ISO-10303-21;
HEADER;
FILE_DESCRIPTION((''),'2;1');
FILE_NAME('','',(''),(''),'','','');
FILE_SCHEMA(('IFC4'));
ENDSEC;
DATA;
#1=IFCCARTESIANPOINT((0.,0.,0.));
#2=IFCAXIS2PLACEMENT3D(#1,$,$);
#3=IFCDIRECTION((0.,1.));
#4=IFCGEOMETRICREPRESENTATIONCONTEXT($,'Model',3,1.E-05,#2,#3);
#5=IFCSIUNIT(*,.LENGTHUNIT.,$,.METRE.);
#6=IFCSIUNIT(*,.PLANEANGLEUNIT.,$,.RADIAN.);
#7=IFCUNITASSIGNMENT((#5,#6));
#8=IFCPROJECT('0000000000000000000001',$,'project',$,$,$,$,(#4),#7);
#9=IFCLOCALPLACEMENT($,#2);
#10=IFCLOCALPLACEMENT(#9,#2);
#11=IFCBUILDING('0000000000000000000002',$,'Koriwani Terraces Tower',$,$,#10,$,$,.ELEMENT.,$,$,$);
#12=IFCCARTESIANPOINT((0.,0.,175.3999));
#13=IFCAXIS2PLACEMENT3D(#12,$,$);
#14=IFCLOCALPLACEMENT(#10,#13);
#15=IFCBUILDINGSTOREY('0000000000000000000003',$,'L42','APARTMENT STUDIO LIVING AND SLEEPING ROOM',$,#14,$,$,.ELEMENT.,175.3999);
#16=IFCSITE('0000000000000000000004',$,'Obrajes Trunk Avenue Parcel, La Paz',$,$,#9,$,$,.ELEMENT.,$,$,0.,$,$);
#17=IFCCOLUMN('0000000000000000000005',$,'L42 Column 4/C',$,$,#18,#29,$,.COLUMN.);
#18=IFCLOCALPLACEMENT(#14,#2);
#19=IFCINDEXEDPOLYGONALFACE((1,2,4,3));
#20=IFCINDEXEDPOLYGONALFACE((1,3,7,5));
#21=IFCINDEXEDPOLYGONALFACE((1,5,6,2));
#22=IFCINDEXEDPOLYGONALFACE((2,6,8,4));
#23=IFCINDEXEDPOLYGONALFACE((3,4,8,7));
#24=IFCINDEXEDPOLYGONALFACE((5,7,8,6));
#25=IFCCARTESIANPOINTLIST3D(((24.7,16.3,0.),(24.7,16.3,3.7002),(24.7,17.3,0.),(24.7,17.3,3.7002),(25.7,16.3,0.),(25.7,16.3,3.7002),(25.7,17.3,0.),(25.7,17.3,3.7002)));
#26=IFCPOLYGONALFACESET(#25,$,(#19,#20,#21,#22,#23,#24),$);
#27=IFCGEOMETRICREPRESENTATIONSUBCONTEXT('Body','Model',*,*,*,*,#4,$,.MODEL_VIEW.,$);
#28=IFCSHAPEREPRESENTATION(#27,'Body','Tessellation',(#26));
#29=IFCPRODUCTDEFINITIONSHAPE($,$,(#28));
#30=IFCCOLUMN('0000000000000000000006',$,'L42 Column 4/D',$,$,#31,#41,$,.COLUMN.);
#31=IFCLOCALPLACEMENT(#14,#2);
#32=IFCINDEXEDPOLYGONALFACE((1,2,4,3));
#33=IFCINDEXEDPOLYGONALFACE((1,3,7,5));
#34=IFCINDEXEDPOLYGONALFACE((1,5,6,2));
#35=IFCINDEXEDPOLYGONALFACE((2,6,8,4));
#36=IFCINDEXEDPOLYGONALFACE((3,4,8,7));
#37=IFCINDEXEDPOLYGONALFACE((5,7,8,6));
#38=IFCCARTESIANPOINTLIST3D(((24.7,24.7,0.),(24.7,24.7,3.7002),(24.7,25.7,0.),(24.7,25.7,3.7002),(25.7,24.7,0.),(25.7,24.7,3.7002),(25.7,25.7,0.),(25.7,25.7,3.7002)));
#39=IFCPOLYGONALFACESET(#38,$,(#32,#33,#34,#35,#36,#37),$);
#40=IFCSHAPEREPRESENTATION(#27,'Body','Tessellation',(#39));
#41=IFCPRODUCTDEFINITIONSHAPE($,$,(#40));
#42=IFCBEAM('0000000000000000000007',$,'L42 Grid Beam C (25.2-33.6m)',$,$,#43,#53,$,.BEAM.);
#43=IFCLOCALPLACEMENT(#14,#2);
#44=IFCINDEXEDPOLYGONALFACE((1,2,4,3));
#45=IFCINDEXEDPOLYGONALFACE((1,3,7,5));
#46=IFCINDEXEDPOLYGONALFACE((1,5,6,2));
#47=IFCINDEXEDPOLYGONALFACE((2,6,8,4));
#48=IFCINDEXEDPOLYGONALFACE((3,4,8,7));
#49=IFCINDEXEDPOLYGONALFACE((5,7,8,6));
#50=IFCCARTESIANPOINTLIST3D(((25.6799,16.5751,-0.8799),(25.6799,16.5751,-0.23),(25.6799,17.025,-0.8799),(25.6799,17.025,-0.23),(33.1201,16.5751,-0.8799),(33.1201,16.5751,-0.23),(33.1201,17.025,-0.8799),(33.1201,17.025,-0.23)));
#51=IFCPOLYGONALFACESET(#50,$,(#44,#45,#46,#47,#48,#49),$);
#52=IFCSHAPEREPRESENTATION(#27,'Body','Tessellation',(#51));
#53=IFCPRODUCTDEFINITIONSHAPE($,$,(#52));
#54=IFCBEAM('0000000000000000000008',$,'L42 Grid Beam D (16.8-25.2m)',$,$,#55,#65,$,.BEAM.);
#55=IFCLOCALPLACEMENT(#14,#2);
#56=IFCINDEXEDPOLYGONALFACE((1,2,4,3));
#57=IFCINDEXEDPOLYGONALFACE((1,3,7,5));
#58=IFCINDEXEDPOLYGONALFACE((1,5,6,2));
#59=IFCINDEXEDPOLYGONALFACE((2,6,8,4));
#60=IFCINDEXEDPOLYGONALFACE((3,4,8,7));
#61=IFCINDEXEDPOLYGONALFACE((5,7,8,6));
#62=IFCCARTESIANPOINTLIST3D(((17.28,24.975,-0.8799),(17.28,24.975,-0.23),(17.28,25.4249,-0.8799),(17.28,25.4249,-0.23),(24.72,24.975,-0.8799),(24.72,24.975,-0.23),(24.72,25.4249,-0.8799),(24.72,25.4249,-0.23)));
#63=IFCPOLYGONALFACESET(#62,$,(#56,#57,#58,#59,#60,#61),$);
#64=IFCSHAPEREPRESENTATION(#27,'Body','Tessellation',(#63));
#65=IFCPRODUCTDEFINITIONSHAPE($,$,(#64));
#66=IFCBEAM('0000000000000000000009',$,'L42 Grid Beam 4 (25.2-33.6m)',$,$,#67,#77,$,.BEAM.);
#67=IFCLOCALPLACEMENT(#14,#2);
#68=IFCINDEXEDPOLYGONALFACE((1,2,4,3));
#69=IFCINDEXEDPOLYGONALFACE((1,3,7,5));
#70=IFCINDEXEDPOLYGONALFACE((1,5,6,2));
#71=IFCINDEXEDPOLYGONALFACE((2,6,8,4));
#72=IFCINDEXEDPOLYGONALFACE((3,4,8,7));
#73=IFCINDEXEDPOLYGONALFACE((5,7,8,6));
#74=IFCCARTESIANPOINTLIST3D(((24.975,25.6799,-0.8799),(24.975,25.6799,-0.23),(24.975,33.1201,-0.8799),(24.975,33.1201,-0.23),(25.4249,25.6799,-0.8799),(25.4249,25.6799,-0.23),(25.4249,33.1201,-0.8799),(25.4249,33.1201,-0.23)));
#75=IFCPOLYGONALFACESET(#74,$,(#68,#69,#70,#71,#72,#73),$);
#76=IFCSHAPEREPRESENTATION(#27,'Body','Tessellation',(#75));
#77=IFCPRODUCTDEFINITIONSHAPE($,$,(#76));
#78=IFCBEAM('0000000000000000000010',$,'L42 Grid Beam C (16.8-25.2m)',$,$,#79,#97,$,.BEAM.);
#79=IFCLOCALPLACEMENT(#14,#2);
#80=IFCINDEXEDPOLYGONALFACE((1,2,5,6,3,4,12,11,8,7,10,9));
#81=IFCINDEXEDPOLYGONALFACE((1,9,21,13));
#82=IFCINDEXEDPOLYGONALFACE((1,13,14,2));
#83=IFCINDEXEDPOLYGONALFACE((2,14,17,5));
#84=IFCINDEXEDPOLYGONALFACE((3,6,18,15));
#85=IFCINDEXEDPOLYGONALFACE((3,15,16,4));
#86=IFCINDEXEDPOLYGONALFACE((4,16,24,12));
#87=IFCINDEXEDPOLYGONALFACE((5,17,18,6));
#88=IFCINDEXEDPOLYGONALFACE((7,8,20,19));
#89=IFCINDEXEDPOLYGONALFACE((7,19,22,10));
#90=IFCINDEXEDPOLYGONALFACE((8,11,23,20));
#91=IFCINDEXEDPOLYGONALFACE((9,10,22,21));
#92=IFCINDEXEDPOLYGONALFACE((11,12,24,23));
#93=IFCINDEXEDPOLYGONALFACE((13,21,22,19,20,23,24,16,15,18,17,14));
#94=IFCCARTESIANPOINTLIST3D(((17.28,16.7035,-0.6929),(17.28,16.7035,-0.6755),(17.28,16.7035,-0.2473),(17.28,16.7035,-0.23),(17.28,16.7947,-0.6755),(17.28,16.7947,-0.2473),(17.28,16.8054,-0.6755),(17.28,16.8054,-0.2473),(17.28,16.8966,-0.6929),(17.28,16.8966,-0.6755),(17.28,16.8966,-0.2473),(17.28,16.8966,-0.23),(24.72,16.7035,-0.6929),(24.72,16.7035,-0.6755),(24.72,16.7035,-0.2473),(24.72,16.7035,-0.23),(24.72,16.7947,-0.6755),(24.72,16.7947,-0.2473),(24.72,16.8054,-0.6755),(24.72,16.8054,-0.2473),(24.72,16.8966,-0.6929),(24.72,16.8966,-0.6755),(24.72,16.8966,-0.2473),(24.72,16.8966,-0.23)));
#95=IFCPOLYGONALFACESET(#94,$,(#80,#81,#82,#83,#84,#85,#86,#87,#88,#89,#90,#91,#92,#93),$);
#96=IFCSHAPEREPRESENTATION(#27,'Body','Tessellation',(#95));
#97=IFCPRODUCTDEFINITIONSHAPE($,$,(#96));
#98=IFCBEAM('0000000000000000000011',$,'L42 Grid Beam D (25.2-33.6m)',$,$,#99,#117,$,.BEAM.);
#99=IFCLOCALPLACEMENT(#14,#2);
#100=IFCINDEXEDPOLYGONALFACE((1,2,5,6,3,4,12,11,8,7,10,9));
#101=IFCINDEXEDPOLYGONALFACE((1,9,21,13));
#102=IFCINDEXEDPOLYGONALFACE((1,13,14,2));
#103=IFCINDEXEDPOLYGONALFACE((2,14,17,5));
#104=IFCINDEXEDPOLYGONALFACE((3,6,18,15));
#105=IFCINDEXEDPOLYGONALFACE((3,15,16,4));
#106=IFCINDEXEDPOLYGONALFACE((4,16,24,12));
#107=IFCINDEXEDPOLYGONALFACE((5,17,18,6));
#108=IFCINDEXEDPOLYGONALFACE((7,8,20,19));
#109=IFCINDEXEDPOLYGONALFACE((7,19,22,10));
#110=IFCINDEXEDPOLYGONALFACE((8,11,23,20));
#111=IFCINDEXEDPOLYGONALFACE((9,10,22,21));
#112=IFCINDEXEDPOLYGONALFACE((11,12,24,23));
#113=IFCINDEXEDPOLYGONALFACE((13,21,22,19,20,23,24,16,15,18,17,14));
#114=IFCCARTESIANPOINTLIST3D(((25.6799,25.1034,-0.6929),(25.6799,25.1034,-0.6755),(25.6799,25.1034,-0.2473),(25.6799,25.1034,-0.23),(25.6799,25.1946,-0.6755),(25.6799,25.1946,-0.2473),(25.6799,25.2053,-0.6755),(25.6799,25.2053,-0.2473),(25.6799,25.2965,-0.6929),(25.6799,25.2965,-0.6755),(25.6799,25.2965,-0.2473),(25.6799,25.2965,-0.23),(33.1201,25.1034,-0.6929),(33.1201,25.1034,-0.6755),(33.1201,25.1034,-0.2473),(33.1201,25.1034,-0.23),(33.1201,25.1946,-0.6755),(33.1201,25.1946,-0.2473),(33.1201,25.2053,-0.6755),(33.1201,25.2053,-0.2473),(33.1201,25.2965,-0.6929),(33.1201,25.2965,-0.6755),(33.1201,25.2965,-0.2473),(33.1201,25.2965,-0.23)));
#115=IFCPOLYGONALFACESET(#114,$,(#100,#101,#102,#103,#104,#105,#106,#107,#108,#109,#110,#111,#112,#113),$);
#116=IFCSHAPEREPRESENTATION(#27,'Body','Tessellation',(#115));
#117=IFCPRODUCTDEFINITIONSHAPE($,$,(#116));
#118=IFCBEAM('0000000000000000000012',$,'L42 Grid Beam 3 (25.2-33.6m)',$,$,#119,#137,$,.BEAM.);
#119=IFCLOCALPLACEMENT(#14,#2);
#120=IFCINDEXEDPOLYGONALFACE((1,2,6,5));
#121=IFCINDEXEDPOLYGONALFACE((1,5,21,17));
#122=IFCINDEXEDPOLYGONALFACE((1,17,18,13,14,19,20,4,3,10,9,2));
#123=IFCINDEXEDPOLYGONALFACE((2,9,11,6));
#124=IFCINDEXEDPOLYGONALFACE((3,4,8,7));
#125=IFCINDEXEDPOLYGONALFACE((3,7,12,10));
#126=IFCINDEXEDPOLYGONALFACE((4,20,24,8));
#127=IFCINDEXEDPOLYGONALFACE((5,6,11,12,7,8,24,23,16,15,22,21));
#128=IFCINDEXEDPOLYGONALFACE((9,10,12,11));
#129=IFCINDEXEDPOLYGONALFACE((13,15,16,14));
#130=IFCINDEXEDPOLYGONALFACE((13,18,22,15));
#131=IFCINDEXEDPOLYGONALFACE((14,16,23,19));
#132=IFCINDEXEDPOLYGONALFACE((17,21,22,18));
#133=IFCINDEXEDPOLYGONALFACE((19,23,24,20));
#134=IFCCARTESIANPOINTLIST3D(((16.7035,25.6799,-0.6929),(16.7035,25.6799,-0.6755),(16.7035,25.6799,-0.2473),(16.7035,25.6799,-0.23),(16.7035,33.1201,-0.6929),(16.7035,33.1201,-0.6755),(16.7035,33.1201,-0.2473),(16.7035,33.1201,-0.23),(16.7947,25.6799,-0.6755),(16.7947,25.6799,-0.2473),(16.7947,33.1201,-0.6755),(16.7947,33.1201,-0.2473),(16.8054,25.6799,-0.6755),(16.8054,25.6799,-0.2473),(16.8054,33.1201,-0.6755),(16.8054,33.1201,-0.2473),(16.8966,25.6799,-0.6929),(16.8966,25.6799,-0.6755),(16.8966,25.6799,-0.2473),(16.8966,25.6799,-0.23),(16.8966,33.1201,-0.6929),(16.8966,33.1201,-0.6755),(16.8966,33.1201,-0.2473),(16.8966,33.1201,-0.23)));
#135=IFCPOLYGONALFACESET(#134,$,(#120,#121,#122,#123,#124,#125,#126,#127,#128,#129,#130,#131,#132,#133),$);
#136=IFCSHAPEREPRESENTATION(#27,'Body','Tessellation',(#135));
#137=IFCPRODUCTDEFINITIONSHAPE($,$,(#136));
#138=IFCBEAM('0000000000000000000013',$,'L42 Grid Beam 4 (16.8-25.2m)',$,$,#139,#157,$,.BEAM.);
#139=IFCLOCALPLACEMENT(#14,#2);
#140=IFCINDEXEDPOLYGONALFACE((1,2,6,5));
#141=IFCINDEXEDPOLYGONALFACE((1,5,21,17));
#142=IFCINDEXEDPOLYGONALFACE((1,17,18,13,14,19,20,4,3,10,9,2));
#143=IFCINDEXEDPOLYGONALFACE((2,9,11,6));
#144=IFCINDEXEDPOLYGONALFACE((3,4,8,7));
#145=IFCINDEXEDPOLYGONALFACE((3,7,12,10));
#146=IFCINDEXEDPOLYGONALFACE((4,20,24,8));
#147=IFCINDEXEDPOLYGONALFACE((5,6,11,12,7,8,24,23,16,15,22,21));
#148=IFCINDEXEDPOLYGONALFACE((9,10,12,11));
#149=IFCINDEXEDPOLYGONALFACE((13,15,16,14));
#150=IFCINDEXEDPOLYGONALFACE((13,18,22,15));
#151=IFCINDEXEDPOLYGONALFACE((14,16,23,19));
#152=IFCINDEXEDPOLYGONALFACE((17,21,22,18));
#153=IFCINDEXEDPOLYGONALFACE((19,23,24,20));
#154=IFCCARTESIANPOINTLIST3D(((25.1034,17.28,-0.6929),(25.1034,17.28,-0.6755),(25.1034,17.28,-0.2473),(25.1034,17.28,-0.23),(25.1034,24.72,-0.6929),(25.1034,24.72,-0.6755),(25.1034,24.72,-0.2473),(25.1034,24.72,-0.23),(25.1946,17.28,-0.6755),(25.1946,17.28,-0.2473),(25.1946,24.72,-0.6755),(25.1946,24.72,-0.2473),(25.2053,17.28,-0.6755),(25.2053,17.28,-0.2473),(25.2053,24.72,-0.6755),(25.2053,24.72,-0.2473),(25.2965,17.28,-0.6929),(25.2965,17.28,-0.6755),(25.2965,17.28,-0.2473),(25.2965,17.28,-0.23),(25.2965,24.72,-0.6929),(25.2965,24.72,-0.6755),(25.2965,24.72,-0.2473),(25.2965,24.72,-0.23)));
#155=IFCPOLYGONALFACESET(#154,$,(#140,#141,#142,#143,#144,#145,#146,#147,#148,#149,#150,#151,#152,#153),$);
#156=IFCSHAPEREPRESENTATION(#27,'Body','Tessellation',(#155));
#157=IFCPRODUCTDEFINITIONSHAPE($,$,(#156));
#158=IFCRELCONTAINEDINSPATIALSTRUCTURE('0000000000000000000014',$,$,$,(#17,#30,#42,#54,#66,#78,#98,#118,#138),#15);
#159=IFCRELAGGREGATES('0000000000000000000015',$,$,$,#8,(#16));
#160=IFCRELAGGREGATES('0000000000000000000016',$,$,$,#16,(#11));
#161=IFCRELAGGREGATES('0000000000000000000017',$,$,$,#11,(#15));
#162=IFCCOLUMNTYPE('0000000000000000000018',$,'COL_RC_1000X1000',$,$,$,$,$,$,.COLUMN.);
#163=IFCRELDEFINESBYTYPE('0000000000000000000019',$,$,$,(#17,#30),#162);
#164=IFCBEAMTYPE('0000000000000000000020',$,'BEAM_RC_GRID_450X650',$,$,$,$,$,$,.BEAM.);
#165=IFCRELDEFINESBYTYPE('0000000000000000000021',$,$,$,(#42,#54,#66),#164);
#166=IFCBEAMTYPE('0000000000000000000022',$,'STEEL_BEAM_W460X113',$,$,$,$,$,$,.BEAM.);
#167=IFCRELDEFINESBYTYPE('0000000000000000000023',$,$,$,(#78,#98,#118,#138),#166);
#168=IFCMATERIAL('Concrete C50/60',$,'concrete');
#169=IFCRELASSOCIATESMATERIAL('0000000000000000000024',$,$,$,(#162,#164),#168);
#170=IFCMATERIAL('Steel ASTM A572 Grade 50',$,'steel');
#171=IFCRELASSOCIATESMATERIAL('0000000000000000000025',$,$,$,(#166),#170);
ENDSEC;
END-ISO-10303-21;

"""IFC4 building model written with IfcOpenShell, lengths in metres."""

from ifc_helpers import new_model, si_unit, direction, frame, origin, origin_2d, place, context, subcontext, project, spatial, rectangle, i_section, extrude, material, material_profile, profile_set, type_object, element, save


model = new_model("IFC4")

# Units and contexts
model_context = context("Model", 3, precision=1e-05, world=origin(), true_north=direction((0.0, 1.0)))
body_context = subcontext(model_context, "Body", "Model", "MODEL_VIEW")
ifc_project = project(units=[si_unit("LENGTHUNIT", "METRE"), si_unit("PLANEANGLEUNIT", "RADIAN")], contexts=[model_context])

# Site, building, storey
site_placement = place(None, origin())
site = spatial("IfcSite", under=ifc_project, at=site_placement, Name="Obrajes Trunk Avenue Parcel, La Paz", CompositionType="ELEMENT", RefElevation=0.0)
building_placement = place(site_placement, origin())
building = spatial("IfcBuilding", under=site, at=building_placement, Name="Koriwani Terraces Tower", CompositionType="ELEMENT")
storey_placement = place(building_placement, frame((0.0, 0.0, 175.3999)))
storey = spatial("IfcBuildingStorey", under=building, at=storey_placement, Name="L42", Description="APARTMENT STUDIO LIVING AND SLEEPING ROOM", CompositionType="ELEMENT", Elevation=175.3999)

# Columns
ifc_material_1 = material(Name="Concrete C50/60", Category="concrete")
ifc_material_profile_1 = material_profile(ifc_material_1, rectangle(XDim=1.0, YDim=1.0, at=origin_2d()), Name="Concrete C50/60", Category="LoadBearing")
ifc_profile_set_1 = profile_set([ifc_material_profile_1], Name="Concrete C50/60")
column_type = type_object("IfcColumnType", Name="COL_RC_1000X1000", PredefinedType="COLUMN", material=ifc_profile_set_1)
for number, where, z_axis, x_axis, name in (
    (1, (25.2, 16.8, 0.0), (0.0, 0.0, 1.0), (1.0, 0.0, 0.0), "L42 Column 4/C"),
    (2, (25.2, 25.2, 0.0), (0.0, 0.0, 1.0), (1.0, 0.0, 0.0), "L42 Column 4/D"),
):
    element("IfcColumn", number, at=place(storey_placement, frame(where, z_axis=z_axis, x_axis=x_axis)), inside=storey, type_object=column_type, Name=name, PredefinedType="COLUMN", context=body_context, shape_type="SweptSolid", body=[
        extrude(rectangle(XDim=1.0, YDim=1.0, at=origin_2d()), origin(), (0.0, 0.0, 1.0), 3.7002),
    ])

# Beams
ifc_material_profile_2 = material_profile(ifc_material_1, rectangle(XDim=0.45, YDim=0.6499, at=origin_2d()), Name="Concrete C50/60", Category="LoadBearing")
ifc_profile_set_2 = profile_set([ifc_material_profile_2], Name="Concrete C50/60")
beam_type_1 = type_object("IfcBeamType", Name="BEAM_RC_GRID_450X650", PredefinedType="BEAM", material=ifc_profile_set_2)
beam_1_placement = place(storey_placement, frame((25.6799, 16.8, -0.5549), z_axis=(1.0, 0.0, 0.0), x_axis=(0.0, 1.0, 0.0)))
element("IfcBeam", 3, at=beam_1_placement, inside=storey, type_object=beam_type_1, Name="L42 Grid Beam C (25.2-33.6m)", PredefinedType="BEAM", context=body_context, shape_type="SweptSolid", body=[
    extrude(rectangle(XDim=0.45, YDim=0.6499, at=origin_2d()), origin(), (0.0, 0.0, 1.0), 7.4402),
])
beam_2_placement = place(storey_placement, frame((17.28, 25.2, -0.5549), z_axis=(1.0, 0.0, 0.0), x_axis=(0.0, 1.0, 0.0)))
element("IfcBeam", 4, at=beam_2_placement, inside=storey, type_object=beam_type_1, Name="L42 Grid Beam D (16.8-25.2m)", PredefinedType="BEAM", context=body_context, shape_type="SweptSolid", body=[
    extrude(rectangle(XDim=0.45, YDim=0.6499, at=origin_2d()), origin(), (0.0, 0.0, 1.0), 7.4399),
])
beam_3_placement = place(storey_placement, frame((25.2, 25.6799, -0.5549), z_axis=(0.0, 1.0, 0.0), x_axis=(-1.0, 0.0, 0.0)))
element("IfcBeam", 5, at=beam_3_placement, inside=storey, type_object=beam_type_1, Name="L42 Grid Beam 4 (25.2-33.6m)", PredefinedType="BEAM", context=body_context, shape_type="SweptSolid", body=[
    extrude(rectangle(XDim=0.45, YDim=0.6499, at=origin_2d()), origin(), (0.0, 0.0, 1.0), 7.4402),
])
ifc_material_2 = material(Name="Steel ASTM A572 Grade 50", Category="steel")
ifc_material_profile_3 = material_profile(ifc_material_2, i_section(OverallWidth=0.1931, OverallDepth=0.4629, WebThickness=0.0107, FlangeThickness=0.0173, at=origin_2d()), Name="Steel ASTM A572 Grade 50", Category="LoadBearing")
ifc_profile_set_3 = profile_set([ifc_material_profile_3], Name="Steel ASTM A572 Grade 50")
beam_type_2 = type_object("IfcBeamType", Name="STEEL_BEAM_W460X113", PredefinedType="BEAM", material=ifc_profile_set_3)
beam_4_placement = place(storey_placement, frame((17.28, 16.8, -0.4614), z_axis=(1.0, 0.0, 0.0), x_axis=(0.0, 1.0, 0.0)))
element("IfcBeam", 6, at=beam_4_placement, inside=storey, type_object=beam_type_2, Name="L42 Grid Beam C (16.8-25.2m)", PredefinedType="BEAM", context=body_context, shape_type="SweptSolid", body=[
    extrude(i_section(OverallWidth=0.1931, OverallDepth=0.4629, WebThickness=0.0107, FlangeThickness=0.0173, at=origin_2d()), origin(), (0.0, 0.0, 1.0), 7.4399),
])
for number, where, z_axis, x_axis, name in (
    (7, (25.6799, 25.2, -0.4614), (1.0, 0.0, 0.0), (0.0, 1.0, 0.0), "L42 Grid Beam D (25.2-33.6m)"),
    (8, (16.8, 25.6799, -0.4614), (0.0, 1.0, 0.0), (-1.0, 0.0, 0.0), "L42 Grid Beam 3 (25.2-33.6m)"),
):
    element("IfcBeam", number, at=place(storey_placement, frame(where, z_axis=z_axis, x_axis=x_axis)), inside=storey, type_object=beam_type_2, Name=name, PredefinedType="BEAM", context=body_context, shape_type="SweptSolid", body=[
        extrude(i_section(OverallWidth=0.1931, OverallDepth=0.4629, WebThickness=0.0107, FlangeThickness=0.0173, at=origin_2d()), origin(), (0.0, 0.0, 1.0), 7.4402),
    ])
beam_5_placement = place(storey_placement, frame((25.2, 17.28, -0.4614), z_axis=(0.0, 1.0, 0.0), x_axis=(-1.0, 0.0, 0.0)))
element("IfcBeam", 9, at=beam_5_placement, inside=storey, type_object=beam_type_2, Name="L42 Grid Beam 4 (16.8-25.2m)", PredefinedType="BEAM", context=body_context, shape_type="SweptSolid", body=[
    extrude(i_section(OverallWidth=0.1931, OverallDepth=0.4629, WebThickness=0.0107, FlangeThickness=0.0173, at=origin_2d()), origin(), (0.0, 0.0, 1.0), 7.4399),
])

save(model, "model.ifc")
